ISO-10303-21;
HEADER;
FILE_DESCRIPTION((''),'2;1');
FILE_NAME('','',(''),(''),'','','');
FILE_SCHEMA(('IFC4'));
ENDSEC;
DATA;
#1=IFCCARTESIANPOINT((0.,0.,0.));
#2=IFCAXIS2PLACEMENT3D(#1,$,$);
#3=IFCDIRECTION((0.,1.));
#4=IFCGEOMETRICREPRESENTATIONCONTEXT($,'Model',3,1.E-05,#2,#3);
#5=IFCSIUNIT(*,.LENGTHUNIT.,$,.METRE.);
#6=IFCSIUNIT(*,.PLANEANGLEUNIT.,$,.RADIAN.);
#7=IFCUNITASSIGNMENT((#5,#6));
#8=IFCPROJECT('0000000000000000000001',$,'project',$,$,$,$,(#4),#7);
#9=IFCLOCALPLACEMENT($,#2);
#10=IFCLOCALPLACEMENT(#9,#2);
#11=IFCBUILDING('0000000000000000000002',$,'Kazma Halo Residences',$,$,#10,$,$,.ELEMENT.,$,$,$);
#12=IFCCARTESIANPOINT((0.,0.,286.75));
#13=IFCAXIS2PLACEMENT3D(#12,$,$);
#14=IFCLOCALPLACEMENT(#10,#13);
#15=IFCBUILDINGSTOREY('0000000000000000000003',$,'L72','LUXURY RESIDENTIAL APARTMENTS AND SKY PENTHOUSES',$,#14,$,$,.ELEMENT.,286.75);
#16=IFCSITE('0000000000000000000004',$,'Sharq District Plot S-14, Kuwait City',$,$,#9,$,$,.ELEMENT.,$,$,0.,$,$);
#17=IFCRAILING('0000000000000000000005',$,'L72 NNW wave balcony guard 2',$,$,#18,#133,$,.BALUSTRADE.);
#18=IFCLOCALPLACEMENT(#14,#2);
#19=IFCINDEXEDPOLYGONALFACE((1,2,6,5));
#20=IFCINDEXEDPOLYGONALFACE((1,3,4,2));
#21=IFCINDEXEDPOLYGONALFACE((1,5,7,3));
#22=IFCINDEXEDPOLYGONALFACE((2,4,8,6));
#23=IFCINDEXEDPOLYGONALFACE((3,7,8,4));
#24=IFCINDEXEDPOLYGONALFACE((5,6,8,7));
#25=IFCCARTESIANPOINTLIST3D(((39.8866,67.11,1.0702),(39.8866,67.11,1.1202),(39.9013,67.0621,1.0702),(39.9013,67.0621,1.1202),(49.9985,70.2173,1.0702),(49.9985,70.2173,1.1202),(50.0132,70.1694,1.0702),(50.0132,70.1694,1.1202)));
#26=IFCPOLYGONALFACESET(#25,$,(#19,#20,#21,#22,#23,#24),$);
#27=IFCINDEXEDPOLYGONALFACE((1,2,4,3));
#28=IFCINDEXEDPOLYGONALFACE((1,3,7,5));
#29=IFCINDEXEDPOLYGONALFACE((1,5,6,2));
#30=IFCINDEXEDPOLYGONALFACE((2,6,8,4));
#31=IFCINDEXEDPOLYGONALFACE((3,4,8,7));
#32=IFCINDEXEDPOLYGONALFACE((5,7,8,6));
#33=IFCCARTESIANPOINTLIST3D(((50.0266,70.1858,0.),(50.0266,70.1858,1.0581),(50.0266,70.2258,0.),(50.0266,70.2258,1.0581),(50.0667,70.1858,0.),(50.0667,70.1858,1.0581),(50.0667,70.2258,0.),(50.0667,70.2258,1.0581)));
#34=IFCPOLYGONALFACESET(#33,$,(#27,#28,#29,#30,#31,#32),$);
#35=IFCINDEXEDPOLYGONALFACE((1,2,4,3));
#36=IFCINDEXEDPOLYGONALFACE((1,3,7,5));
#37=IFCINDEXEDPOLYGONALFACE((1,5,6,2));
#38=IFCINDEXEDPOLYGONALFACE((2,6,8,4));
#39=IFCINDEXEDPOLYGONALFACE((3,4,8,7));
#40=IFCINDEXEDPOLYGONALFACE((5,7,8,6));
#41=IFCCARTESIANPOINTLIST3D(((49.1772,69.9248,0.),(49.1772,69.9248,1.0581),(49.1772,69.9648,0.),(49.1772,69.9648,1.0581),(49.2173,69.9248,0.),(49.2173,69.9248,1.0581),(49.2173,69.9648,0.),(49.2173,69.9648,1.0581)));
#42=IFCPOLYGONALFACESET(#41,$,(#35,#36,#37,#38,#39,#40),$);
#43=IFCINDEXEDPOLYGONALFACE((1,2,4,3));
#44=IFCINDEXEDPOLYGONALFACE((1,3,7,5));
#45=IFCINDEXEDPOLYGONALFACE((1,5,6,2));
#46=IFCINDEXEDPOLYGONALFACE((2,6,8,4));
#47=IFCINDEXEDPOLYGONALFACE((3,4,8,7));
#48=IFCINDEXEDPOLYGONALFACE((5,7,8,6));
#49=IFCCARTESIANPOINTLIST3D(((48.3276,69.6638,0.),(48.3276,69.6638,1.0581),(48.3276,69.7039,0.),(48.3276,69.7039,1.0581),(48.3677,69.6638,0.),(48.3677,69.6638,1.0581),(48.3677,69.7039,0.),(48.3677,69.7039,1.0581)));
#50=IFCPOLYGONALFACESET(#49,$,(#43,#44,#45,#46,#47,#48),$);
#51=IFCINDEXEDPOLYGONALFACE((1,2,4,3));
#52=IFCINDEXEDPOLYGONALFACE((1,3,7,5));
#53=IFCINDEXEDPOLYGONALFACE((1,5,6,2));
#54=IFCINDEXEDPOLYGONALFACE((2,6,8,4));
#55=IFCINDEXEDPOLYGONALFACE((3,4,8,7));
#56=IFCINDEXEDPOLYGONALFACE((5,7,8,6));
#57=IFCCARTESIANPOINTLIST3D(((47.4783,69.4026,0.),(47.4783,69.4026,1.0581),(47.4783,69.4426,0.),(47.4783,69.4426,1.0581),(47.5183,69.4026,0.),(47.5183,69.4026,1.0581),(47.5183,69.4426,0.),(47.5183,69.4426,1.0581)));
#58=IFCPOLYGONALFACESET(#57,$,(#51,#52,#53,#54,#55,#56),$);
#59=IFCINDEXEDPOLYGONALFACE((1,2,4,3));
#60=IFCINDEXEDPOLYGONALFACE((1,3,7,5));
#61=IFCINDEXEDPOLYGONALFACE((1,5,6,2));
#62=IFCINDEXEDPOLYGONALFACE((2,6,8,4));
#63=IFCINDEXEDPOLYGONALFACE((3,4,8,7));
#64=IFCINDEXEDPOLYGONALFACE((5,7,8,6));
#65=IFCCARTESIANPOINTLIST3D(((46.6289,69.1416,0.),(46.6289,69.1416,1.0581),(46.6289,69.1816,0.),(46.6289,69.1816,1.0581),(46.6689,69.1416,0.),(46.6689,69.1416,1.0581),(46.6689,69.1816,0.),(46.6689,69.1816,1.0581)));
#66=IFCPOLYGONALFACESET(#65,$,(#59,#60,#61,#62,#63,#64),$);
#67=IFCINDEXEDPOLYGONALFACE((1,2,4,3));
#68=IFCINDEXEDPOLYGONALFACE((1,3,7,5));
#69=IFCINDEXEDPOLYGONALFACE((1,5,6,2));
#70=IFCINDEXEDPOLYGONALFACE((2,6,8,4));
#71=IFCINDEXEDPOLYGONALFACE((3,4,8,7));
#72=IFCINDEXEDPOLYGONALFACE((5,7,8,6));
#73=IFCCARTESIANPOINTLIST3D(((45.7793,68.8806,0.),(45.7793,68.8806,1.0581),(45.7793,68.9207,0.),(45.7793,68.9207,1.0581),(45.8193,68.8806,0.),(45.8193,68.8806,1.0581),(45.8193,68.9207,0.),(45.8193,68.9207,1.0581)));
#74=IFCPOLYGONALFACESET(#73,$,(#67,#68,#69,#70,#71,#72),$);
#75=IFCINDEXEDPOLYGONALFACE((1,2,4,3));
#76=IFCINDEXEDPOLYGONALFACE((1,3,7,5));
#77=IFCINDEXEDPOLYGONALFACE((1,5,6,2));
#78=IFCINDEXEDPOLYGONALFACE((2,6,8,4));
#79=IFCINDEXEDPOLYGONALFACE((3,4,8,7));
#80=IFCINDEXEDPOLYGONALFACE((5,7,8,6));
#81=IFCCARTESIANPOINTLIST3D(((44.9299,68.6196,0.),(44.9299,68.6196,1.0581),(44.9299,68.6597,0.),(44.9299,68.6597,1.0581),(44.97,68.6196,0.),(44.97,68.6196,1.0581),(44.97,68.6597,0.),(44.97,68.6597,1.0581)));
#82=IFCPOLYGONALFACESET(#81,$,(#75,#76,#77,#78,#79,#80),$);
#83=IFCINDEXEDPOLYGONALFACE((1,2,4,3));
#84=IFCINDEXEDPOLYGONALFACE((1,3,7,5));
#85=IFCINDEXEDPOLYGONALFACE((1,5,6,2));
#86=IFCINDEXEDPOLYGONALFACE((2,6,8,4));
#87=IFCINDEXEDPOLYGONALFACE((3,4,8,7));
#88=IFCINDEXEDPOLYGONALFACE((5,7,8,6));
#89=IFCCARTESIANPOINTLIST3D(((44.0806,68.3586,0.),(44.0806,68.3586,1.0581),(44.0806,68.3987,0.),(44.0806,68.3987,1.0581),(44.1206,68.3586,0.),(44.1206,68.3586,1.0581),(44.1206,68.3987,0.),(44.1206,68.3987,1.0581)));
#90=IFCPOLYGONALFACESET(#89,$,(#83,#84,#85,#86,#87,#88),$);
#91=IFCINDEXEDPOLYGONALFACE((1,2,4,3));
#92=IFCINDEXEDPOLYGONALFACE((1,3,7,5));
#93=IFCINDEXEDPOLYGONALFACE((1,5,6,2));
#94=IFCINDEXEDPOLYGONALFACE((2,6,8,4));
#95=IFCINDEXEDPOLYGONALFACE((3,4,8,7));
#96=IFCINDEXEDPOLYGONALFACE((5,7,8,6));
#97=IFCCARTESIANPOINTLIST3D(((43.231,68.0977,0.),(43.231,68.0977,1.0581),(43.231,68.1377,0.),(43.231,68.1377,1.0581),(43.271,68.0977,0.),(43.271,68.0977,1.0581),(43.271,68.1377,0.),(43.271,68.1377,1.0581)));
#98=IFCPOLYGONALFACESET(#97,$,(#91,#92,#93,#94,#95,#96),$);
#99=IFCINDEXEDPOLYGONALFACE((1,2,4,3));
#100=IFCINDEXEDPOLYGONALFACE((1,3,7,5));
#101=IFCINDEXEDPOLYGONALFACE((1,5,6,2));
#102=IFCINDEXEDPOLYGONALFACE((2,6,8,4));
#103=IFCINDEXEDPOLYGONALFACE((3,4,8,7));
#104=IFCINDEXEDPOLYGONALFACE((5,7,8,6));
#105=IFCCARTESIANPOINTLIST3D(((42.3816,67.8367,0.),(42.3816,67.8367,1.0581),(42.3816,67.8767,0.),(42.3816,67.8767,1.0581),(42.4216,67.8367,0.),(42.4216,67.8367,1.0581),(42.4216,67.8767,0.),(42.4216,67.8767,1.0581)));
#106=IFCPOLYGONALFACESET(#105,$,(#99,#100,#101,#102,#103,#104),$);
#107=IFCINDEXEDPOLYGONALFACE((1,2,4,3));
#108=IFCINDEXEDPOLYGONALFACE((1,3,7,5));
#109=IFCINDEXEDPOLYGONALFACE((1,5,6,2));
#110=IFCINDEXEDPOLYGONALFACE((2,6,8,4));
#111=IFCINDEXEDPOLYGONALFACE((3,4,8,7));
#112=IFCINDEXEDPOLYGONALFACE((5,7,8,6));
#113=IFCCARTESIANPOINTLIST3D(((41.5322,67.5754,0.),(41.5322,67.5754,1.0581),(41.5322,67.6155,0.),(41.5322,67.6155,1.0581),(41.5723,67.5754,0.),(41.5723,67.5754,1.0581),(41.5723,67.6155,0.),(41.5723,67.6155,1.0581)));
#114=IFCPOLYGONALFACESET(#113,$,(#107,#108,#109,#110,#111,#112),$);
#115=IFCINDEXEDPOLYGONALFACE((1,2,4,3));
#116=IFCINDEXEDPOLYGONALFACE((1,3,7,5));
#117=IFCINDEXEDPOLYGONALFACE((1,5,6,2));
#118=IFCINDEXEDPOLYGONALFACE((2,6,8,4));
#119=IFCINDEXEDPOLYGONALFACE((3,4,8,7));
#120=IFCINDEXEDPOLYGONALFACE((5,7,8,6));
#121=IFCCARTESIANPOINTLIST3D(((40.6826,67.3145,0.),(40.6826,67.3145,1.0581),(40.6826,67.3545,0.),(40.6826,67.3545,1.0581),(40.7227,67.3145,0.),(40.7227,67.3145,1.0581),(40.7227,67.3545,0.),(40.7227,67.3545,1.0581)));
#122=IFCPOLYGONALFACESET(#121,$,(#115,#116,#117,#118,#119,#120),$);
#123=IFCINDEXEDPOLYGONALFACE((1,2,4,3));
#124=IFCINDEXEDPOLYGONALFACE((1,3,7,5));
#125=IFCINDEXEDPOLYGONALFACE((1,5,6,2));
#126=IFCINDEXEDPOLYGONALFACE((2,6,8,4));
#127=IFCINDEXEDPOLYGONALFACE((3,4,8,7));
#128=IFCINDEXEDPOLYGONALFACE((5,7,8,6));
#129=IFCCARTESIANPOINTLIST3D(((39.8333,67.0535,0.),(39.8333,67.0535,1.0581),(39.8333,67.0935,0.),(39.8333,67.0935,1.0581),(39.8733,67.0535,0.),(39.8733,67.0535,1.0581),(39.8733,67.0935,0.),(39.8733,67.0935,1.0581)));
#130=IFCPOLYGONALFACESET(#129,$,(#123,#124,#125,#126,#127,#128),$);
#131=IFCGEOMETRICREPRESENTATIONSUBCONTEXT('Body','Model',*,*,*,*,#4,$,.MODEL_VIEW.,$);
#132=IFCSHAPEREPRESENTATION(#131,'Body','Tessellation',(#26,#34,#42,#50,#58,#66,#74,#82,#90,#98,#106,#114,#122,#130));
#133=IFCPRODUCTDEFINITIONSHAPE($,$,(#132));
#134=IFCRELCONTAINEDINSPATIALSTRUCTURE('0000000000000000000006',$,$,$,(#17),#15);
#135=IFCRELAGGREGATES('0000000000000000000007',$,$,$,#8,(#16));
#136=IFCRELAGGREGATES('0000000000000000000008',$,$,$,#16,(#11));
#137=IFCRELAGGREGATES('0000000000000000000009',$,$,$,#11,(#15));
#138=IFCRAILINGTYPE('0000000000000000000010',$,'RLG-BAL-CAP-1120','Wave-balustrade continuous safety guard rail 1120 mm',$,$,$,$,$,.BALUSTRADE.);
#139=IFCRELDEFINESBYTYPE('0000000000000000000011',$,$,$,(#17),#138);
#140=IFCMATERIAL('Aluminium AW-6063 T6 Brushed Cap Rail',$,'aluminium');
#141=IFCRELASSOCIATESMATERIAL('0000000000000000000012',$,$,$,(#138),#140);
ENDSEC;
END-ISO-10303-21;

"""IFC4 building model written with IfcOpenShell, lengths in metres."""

from ifc_helpers import new_model, si_unit, direction, frame, origin, origin_2d, place, context, subcontext, project, spatial, rectangle, extrude, material, type_object, element, save


model = new_model("IFC4")

# Units and contexts
model_context = context("Model", 3, precision=1e-05, world=origin(), true_north=direction((0.0, 1.0)))
body_context = subcontext(model_context, "Body", "Model", "MODEL_VIEW")
ifc_project = project(units=[si_unit("LENGTHUNIT", "METRE"), si_unit("PLANEANGLEUNIT", "RADIAN")], contexts=[model_context])

# Site, building, storey
site_placement = place(None, origin())
site = spatial("IfcSite", under=ifc_project, at=site_placement, Name="Sharq District Plot S-14, Kuwait City", CompositionType="ELEMENT", RefElevation=0.0)
building_placement = place(site_placement, origin())
building = spatial("IfcBuilding", under=site, at=building_placement, Name="Kazma Halo Residences", CompositionType="ELEMENT")
storey_placement = place(building_placement, frame((0.0, 0.0, 286.75)))
storey = spatial("IfcBuildingStorey", under=building, at=storey_placement, Name="L72", Description="LUXURY RESIDENTIAL APARTMENTS AND SKY PENTHOUSES", CompositionType="ELEMENT", Elevation=286.75)

# Railing
ifc_material_1 = material(Name="Aluminium AW-6063 T6 Brushed Cap Rail", Category="aluminium")
railing_type = type_object("IfcRailingType", Name="RLG-BAL-CAP-1120", Description="Wave-balustrade continuous safety guard rail 1120 mm", PredefinedType="BALUSTRADE", material=ifc_material_1)
railing_1_placement = place(storey_placement, frame((50.0466, 70.2058, 0.0)))
element("IfcRailing", 1, at=railing_1_placement, inside=storey, type_object=railing_type, Name="L72 NNW wave balcony guard 2", PredefinedType="BALUSTRADE", context=body_context, shape_type="SweptSolid", body=[
    extrude(rectangle(XDim=0.05, YDim=0.05, at=origin_2d()), frame((-0.0408, -0.0125, 1.0952), z_axis=(-0.955887, -0.293735, 0.0), x_axis=(0.293735, -0.955887, 0.0)), (0.0, 0.0, 1.0), 10.5786),
    extrude(rectangle(XDim=0.04, YDim=0.04, at=origin_2d()), origin(), (0.0, 0.0, 1.0), 1.0581),
    extrude(rectangle(XDim=0.04, YDim=0.04, at=origin_2d()), frame((-0.8494, -0.261, 0.0)), (0.0, 0.0, 1.0), 1.0581),
    extrude(rectangle(XDim=0.04, YDim=0.04, at=origin_2d()), frame((-1.699, -0.522, 0.0)), (0.0, 0.0, 1.0), 1.0581),
    extrude(rectangle(XDim=0.04, YDim=0.04, at=origin_2d()), frame((-2.5483, -0.7832, 0.0)), (0.0, 0.0, 1.0), 1.0581),
    extrude(rectangle(XDim=0.04, YDim=0.04, at=origin_2d()), frame((-3.3977, -1.0442, 0.0)), (0.0, 0.0, 1.0), 1.0581),
    extrude(rectangle(XDim=0.04, YDim=0.04, at=origin_2d()), frame((-4.2473, -1.3052, 0.0)), (0.0, 0.0, 1.0), 1.0581),
    extrude(rectangle(XDim=0.04, YDim=0.04, at=origin_2d()), frame((-5.0967, -1.5662, 0.0)), (0.0, 0.0, 1.0), 1.0581),
    extrude(rectangle(XDim=0.04, YDim=0.04, at=origin_2d()), frame((-5.946, -1.8271, 0.0)), (0.0, 0.0, 1.0), 1.0581),
    extrude(rectangle(XDim=0.04, YDim=0.04, at=origin_2d()), frame((-6.7957, -2.0881, 0.0)), (0.0, 0.0, 1.0), 1.0581),
    extrude(rectangle(XDim=0.04, YDim=0.04, at=origin_2d()), frame((-7.645, -2.3491, 0.0)), (0.0, 0.0, 1.0), 1.0581),
    extrude(rectangle(XDim=0.04, YDim=0.04, at=origin_2d()), frame((-8.4944, -2.6104, 0.0)), (0.0, 0.0, 1.0), 1.0581),
    extrude(rectangle(XDim=0.04, YDim=0.04, at=origin_2d()), frame((-9.344, -2.8713, 0.0)), (0.0, 0.0, 1.0), 1.0581),
    extrude(rectangle(XDim=0.04, YDim=0.04, at=origin_2d()), frame((-10.1934, -3.1323, 0.0)), (0.0, 0.0, 1.0), 1.0581),
])

save(model, "model.ifc")
